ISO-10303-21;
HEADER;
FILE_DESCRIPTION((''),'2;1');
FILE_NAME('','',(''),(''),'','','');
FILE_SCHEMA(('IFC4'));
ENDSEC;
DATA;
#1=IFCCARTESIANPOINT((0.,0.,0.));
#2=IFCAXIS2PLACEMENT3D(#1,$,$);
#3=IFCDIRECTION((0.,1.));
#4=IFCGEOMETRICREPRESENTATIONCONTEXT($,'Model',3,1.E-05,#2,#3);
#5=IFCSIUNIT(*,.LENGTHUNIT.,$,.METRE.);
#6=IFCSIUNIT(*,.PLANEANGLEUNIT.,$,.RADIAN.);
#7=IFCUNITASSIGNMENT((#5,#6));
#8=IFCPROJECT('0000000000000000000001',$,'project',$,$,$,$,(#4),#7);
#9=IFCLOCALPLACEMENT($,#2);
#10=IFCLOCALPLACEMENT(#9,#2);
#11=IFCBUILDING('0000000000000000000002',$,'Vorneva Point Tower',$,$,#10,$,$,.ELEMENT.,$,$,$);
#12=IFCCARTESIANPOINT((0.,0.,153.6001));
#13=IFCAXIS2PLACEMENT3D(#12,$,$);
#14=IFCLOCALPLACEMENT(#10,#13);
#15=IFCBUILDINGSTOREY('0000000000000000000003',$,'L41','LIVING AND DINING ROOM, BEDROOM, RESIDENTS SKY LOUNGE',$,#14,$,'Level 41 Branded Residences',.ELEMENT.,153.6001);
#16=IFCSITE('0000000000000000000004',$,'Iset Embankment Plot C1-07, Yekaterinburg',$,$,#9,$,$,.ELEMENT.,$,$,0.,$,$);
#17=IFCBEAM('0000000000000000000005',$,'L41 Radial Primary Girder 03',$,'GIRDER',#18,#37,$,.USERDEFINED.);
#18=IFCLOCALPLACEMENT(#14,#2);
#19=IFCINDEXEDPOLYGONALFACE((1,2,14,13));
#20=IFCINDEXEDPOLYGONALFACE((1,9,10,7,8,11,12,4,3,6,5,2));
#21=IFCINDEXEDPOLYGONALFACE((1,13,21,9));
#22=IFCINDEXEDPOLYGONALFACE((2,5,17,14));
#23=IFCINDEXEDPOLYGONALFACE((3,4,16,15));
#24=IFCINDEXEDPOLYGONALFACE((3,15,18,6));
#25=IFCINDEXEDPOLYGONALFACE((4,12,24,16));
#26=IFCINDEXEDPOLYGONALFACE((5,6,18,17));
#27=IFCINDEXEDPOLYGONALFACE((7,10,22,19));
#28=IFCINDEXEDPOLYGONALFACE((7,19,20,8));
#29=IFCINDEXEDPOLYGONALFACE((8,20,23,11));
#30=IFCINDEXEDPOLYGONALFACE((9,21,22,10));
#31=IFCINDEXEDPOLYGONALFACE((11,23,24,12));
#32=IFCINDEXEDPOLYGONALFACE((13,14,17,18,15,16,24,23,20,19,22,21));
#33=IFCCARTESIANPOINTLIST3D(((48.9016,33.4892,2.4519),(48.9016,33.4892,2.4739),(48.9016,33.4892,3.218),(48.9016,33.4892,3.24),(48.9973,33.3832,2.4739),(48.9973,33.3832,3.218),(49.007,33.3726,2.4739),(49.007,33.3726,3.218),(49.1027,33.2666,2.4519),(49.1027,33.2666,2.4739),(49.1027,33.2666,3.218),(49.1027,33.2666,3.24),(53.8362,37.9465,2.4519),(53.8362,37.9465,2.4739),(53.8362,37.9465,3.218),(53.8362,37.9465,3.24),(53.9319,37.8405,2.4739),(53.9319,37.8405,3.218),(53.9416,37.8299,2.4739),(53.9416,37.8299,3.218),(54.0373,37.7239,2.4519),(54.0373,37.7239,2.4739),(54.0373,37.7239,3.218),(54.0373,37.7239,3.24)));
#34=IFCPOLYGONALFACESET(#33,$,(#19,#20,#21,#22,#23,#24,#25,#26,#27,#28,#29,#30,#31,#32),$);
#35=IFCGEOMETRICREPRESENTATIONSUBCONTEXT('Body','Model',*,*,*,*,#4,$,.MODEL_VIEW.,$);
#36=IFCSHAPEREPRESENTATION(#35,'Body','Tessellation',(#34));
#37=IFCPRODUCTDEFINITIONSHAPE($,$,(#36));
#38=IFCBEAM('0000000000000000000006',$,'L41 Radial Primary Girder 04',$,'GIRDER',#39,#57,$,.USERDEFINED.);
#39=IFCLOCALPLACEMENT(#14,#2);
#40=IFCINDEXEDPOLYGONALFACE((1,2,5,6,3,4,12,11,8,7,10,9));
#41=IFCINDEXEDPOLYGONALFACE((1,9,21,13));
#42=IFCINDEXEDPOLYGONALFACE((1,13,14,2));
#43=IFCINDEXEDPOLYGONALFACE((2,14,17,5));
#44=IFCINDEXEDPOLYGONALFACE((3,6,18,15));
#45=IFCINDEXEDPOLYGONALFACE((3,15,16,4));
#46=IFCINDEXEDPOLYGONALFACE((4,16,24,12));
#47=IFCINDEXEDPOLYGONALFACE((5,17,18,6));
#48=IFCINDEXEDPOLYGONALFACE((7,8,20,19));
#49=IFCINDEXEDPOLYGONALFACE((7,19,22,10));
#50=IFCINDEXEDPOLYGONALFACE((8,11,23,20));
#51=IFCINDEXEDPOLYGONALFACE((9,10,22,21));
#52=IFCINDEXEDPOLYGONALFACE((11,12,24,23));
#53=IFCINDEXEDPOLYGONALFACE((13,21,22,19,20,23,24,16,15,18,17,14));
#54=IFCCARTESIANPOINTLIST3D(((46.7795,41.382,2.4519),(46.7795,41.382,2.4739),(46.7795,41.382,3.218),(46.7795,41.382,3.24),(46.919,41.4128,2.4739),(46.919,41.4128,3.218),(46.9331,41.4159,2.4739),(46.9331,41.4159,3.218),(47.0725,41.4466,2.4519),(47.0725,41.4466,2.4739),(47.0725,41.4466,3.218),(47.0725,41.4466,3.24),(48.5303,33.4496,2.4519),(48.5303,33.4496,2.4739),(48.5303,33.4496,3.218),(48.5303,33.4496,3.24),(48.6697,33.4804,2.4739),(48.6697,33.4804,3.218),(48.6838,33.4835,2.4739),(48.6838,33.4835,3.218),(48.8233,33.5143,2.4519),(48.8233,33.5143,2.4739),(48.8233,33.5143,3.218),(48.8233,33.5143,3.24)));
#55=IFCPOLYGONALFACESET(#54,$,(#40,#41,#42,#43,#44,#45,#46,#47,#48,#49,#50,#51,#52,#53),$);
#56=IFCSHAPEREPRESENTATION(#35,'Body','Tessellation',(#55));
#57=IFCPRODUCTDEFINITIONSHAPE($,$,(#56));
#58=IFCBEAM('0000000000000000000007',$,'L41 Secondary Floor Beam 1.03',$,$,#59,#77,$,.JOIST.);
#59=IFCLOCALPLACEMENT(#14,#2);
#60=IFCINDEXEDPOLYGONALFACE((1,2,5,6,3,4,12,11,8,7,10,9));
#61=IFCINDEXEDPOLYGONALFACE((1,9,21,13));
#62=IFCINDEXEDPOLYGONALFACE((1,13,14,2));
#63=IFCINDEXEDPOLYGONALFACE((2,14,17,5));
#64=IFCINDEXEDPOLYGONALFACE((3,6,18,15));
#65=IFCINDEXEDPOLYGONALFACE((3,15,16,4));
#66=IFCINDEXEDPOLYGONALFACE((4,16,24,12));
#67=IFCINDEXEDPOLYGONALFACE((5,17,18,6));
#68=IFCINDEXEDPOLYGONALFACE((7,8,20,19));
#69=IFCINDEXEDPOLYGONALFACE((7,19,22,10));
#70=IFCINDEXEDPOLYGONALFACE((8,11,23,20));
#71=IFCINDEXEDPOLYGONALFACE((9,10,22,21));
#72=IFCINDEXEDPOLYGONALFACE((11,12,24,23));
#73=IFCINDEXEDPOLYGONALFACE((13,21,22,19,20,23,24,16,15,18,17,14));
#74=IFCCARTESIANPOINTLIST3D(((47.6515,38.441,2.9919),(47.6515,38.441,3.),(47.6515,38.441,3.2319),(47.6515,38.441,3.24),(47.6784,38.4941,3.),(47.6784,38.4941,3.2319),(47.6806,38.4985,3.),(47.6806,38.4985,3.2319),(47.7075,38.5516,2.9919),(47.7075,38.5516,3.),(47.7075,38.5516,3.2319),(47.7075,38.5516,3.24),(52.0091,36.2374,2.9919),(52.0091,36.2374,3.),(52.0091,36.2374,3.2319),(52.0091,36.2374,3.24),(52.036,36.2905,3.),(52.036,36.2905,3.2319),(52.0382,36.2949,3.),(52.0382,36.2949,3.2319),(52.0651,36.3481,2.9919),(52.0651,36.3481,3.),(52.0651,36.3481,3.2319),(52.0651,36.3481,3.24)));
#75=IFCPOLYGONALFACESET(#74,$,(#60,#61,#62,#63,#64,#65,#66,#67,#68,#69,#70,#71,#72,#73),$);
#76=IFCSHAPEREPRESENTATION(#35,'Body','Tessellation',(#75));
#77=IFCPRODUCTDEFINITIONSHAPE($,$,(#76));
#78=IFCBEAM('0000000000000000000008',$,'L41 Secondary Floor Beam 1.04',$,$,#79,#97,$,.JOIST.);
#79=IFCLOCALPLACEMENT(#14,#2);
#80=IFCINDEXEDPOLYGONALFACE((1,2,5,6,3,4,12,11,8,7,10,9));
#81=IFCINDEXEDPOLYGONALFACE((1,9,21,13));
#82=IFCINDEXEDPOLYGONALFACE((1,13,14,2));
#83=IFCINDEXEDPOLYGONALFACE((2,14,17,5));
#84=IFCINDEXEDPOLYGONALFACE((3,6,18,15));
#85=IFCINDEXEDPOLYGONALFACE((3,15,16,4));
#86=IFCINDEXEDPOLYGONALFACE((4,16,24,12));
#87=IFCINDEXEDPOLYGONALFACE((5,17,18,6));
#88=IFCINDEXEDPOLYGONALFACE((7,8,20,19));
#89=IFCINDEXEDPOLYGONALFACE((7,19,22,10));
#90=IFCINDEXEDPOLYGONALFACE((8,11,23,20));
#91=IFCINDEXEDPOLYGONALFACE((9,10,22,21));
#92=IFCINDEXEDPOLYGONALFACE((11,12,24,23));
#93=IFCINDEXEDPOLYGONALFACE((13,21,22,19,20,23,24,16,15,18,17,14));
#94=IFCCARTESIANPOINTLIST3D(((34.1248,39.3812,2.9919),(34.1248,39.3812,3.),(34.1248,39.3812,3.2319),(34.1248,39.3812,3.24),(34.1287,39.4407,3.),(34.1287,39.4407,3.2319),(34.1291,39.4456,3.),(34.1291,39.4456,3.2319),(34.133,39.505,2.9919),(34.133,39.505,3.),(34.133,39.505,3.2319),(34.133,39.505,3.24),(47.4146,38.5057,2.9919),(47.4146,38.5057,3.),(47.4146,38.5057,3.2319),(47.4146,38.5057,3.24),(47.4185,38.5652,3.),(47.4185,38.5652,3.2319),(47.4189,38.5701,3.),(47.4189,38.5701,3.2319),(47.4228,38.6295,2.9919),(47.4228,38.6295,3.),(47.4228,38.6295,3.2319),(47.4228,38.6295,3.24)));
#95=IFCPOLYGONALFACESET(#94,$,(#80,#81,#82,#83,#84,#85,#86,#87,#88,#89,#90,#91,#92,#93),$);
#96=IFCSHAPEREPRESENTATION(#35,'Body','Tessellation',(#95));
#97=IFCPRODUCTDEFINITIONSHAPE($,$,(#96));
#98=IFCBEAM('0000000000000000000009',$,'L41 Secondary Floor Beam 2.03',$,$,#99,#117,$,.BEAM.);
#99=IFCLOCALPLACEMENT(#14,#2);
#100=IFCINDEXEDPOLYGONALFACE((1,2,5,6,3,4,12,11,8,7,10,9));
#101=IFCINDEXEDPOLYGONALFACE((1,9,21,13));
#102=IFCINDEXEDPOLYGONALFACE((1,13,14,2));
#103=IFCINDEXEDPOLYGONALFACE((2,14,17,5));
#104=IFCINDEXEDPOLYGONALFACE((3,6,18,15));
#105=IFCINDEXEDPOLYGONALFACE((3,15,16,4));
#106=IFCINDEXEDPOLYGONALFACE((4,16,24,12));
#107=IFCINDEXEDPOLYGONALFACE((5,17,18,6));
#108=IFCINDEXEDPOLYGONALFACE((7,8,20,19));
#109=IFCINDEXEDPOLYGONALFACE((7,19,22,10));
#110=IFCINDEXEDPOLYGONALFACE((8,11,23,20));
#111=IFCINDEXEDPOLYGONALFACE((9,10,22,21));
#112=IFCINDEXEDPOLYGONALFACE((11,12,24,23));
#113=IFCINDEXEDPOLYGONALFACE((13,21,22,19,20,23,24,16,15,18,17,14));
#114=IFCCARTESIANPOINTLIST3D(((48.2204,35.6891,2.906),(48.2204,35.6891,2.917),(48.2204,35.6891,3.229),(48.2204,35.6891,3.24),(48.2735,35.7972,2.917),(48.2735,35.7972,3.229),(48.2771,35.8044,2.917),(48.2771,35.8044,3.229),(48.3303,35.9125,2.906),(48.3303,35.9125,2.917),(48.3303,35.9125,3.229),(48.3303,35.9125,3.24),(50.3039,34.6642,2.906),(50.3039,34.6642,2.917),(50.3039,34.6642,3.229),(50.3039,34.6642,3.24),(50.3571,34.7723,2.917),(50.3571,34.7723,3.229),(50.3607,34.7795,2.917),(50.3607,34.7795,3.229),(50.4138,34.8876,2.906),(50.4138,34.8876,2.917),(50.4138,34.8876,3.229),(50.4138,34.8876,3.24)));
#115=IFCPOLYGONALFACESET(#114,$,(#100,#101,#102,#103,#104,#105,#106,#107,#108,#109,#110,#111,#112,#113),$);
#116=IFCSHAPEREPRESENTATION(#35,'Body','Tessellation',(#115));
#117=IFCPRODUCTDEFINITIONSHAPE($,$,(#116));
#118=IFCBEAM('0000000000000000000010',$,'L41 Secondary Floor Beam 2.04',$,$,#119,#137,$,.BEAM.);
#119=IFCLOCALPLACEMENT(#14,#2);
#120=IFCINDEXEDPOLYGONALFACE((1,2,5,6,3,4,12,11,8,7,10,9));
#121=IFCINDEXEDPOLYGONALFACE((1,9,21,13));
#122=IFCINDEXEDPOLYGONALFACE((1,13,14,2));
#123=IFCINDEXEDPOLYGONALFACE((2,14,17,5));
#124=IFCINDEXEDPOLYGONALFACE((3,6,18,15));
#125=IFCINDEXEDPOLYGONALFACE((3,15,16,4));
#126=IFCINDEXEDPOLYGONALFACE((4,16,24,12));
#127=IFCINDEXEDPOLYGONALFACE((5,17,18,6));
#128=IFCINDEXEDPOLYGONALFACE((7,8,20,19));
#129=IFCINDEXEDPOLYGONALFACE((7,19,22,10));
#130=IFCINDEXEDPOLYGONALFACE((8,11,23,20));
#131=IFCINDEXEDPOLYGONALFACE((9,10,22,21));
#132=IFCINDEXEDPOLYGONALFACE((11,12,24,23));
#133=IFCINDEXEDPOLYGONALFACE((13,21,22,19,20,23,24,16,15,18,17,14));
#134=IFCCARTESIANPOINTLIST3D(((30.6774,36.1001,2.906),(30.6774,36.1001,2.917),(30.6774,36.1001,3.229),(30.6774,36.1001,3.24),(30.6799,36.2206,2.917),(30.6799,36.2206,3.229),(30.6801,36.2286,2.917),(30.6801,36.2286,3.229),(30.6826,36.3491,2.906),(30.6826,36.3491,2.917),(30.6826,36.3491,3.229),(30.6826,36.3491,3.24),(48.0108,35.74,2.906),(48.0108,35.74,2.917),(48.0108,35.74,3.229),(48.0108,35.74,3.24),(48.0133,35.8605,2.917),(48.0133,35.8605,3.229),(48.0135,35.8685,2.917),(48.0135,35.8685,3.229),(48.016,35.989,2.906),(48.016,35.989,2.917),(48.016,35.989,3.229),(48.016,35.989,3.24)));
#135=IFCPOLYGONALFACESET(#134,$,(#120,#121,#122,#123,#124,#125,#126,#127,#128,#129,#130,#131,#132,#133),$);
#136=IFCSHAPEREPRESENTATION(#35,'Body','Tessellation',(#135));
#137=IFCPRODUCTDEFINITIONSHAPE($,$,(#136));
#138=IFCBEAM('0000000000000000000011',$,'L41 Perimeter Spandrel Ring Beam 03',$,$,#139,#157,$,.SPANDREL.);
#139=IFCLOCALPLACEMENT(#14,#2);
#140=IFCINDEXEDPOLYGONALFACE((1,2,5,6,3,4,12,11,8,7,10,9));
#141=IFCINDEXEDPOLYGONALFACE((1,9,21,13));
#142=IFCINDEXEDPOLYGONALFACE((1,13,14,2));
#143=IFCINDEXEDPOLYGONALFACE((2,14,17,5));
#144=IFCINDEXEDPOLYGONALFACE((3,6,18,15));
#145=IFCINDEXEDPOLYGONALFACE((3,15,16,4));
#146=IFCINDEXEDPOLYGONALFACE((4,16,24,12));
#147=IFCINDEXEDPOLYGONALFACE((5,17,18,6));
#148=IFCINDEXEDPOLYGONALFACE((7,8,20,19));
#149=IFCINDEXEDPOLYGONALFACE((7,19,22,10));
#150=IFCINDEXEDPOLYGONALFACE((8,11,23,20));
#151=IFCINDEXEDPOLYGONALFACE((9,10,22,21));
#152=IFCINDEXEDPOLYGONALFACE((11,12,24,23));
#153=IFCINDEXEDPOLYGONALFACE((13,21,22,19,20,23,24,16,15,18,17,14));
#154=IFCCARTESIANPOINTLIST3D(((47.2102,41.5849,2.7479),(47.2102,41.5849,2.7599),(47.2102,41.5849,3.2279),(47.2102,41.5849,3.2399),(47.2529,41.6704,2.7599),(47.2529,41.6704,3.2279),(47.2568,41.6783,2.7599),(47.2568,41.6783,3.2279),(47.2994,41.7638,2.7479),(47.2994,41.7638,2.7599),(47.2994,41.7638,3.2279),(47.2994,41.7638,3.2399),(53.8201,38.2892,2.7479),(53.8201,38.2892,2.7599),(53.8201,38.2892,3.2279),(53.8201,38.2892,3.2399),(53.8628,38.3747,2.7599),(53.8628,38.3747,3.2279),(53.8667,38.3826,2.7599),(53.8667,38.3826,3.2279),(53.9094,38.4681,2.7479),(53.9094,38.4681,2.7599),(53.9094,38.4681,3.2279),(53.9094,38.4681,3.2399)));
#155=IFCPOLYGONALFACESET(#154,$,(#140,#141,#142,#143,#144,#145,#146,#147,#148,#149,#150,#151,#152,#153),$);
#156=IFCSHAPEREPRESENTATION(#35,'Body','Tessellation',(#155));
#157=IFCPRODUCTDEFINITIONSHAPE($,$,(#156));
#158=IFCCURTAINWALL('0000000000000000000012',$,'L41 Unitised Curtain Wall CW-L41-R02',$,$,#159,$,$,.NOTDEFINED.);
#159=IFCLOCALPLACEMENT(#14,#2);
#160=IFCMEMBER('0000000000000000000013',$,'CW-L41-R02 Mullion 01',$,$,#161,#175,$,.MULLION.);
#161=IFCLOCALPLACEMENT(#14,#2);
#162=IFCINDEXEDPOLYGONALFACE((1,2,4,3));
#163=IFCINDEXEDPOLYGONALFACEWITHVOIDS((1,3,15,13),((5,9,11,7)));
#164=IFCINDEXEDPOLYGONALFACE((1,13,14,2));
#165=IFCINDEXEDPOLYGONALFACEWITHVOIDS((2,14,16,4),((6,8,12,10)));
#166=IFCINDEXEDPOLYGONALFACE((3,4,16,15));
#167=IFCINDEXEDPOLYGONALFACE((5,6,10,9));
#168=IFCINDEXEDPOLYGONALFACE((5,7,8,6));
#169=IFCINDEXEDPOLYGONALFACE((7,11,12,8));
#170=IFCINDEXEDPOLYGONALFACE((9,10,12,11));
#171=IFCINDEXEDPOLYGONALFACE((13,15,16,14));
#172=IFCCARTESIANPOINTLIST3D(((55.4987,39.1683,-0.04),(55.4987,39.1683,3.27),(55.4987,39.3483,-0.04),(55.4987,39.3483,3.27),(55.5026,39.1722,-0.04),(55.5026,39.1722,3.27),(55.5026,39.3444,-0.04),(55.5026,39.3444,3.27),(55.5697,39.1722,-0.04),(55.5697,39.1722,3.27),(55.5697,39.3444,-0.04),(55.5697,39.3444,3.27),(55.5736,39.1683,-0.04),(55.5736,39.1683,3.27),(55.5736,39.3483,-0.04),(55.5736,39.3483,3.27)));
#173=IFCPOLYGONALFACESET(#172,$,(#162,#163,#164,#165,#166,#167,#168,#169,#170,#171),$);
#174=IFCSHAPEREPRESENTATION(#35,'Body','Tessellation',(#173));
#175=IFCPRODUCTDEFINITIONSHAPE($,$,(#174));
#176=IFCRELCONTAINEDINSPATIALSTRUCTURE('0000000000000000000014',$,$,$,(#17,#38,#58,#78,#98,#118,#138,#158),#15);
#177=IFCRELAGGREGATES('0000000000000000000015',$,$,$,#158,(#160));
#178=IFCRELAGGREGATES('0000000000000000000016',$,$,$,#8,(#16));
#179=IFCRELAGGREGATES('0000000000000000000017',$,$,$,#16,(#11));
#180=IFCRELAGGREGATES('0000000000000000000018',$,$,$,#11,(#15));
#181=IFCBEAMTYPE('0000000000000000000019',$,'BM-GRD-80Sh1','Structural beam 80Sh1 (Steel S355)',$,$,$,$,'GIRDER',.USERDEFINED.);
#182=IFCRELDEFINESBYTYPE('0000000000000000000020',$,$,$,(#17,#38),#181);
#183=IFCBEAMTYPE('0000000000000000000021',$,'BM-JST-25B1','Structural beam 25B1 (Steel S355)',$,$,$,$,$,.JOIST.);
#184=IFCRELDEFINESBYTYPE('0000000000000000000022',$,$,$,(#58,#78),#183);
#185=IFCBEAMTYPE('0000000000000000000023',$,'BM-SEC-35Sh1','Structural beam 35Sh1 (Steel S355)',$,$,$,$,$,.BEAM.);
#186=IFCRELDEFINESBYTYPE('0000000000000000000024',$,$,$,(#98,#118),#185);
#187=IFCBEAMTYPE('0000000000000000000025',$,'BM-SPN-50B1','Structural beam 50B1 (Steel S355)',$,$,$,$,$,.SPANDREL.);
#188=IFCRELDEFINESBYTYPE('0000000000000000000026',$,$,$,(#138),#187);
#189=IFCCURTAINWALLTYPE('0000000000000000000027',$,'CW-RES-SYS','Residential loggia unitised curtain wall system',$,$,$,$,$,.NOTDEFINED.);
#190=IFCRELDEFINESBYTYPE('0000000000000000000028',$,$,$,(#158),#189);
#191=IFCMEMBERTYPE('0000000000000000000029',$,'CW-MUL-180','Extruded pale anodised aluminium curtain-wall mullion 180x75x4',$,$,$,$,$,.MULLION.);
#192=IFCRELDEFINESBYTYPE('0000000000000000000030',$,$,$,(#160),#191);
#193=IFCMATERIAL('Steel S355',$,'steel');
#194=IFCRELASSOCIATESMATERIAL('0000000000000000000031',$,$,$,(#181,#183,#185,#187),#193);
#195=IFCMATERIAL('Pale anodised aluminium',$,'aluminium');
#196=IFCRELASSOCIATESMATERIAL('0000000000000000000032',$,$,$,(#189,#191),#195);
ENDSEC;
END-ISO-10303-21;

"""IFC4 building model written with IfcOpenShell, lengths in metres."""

from ifc_helpers import new_model, si_unit, direction, frame, origin, origin_2d, place, context, subcontext, project, spatial, hollow_rectangle, i_section, extrude, material, material_profile, profile_set, type_object, element, aggregate, save


model = new_model("IFC4")

# Units and contexts
model_context = context("Model", 3, precision=1e-05, world=origin(), true_north=direction((0.0, 1.0)))
body_context = subcontext(model_context, "Body", "Model", "MODEL_VIEW")
ifc_project = project(units=[si_unit("LENGTHUNIT", "METRE"), si_unit("PLANEANGLEUNIT", "RADIAN")], contexts=[model_context])

# Site, building, storey
site_placement = place(None, origin())
site = spatial("IfcSite", under=ifc_project, at=site_placement, Name="Iset Embankment Plot C1-07, Yekaterinburg", CompositionType="ELEMENT", RefElevation=0.0)
building_placement = place(site_placement, origin())
building = spatial("IfcBuilding", under=site, at=building_placement, Name="Vorneva Point Tower", CompositionType="ELEMENT")
storey_placement = place(building_placement, frame((0.0, 0.0, 153.6001)))
storey = spatial("IfcBuildingStorey", under=building, at=storey_placement, Name="L41", Description="LIVING AND DINING ROOM, BEDROOM, RESIDENTS SKY LOUNGE", LongName="Level 41 Branded Residences", CompositionType="ELEMENT", Elevation=153.6001)

# Beams
ifc_material_1 = material(Name="Steel S355", Category="steel")
ifc_material_profile_1 = material_profile(ifc_material_1, i_section(OverallWidth=0.3, OverallDepth=0.7881, WebThickness=0.0144, FlangeThickness=0.022, at=origin_2d()), Name="80Sh1")
ifc_profile_set_1 = profile_set([ifc_material_profile_1], Name="Steel S355")
beam_type_1 = type_object("IfcBeamType", Name="BM-GRD-80Sh1", Description="Structural beam 80Sh1 (Steel S355)", ElementType="GIRDER", PredefinedType="USERDEFINED", material=ifc_profile_set_1)
beam_1_placement = place(storey_placement, frame((53.9368, 37.8352, 2.8459), z_axis=(-0.742084, -0.670306, 0.0), x_axis=(0.670306, -0.742084, 0.0)))
element("IfcBeam", 1, at=beam_1_placement, inside=storey, type_object=beam_type_1, Name="L41 Radial Primary Girder 03", ObjectType="GIRDER", PredefinedType="USERDEFINED", context=body_context, shape_type="SweptSolid", body=[
    extrude(i_section(OverallWidth=0.3, OverallDepth=0.7881, WebThickness=0.0144, FlangeThickness=0.022, at=origin_2d()), origin(), (0.0, 0.0, 1.0), 6.6497),
])
beam_2_placement = place(storey_placement, frame((46.926, 41.4143, 2.8459), z_axis=(0.215521, -0.976499, 0.0), x_axis=(0.976499, 0.215521, 0.0)))
element("IfcBeam", 2, at=beam_2_placement, inside=storey, type_object=beam_type_1, Name="L41 Radial Primary Girder 04", ObjectType="GIRDER", PredefinedType="USERDEFINED", context=body_context, shape_type="SweptSolid", body=[
    extrude(i_section(OverallWidth=0.3, OverallDepth=0.7881, WebThickness=0.0144, FlangeThickness=0.022, at=origin_2d()), origin(), (0.0, 0.0, 1.0), 8.1233),
])
ifc_material_profile_2 = material_profile(ifc_material_1, i_section(OverallWidth=0.124, OverallDepth=0.248, WebThickness=0.0049, FlangeThickness=0.0081, at=origin_2d()), Name="25B1")
ifc_profile_set_2 = profile_set([ifc_material_profile_2], Name="Steel S355")
beam_type_2 = type_object("IfcBeamType", Name="BM-JST-25B1", Description="Structural beam 25B1 (Steel S355)", PredefinedType="JOIST", material=ifc_profile_set_2)
beam_3_placement = place(storey_placement, frame((52.0371, 36.2927, 3.116), z_axis=(-0.892388, 0.451269, 0.0), x_axis=(-0.451269, -0.892388, 0.0)))
element("IfcBeam", 3, at=beam_3_placement, inside=storey, type_object=beam_type_2, Name="L41 Secondary Floor Beam 1.03", PredefinedType="JOIST", context=body_context, shape_type="SweptSolid", body=[
    extrude(i_section(OverallWidth=0.124, OverallDepth=0.248, WebThickness=0.0049, FlangeThickness=0.0081, at=origin_2d()), origin(), (0.0, 0.0, 1.0), 4.8831),
])
beam_4_placement = place(storey_placement, frame((47.4187, 38.5676, 3.116), z_axis=(-0.997837, 0.065734, 0.0), x_axis=(-0.065734, -0.997837, 0.0)))
element("IfcBeam", 4, at=beam_4_placement, inside=storey, type_object=beam_type_2, Name="L41 Secondary Floor Beam 1.04", PredefinedType="JOIST", context=body_context, shape_type="SweptSolid", body=[
    extrude(i_section(OverallWidth=0.124, OverallDepth=0.248, WebThickness=0.0049, FlangeThickness=0.0081, at=origin_2d()), origin(), (0.0, 0.0, 1.0), 13.3186),
])
ifc_material_profile_3 = material_profile(ifc_material_1, i_section(OverallWidth=0.249, OverallDepth=0.334, WebThickness=0.0081, FlangeThickness=0.011, at=origin_2d()), Name="35Sh1")
ifc_profile_set_3 = profile_set([ifc_material_profile_3], Name="Steel S355")
beam_type_3 = type_object("IfcBeamType", Name="BM-SEC-35Sh1", Description="Structural beam 35Sh1 (Steel S355)", PredefinedType="BEAM", material=ifc_profile_set_3)
beam_5_placement = place(storey_placement, frame((50.3589, 34.7759, 3.073), z_axis=(-0.89731, 0.4414, 0.0), x_axis=(-0.4414, -0.89731, 0.0)))
element("IfcBeam", 5, at=beam_5_placement, inside=storey, type_object=beam_type_3, Name="L41 Secondary Floor Beam 2.03", PredefinedType="BEAM", context=body_context, shape_type="SweptSolid", body=[
    extrude(i_section(OverallWidth=0.249, OverallDepth=0.334, WebThickness=0.0081, FlangeThickness=0.011, at=origin_2d()), origin(), (0.0, 0.0, 1.0), 2.322),
])
beam_6_placement = place(storey_placement, frame((48.0134, 35.8645, 3.073), z_axis=(-0.999784, 0.020771, 0.0), x_axis=(-0.020771, -0.999784, 0.0)))
element("IfcBeam", 6, at=beam_6_placement, inside=storey, type_object=beam_type_3, Name="L41 Secondary Floor Beam 2.04", PredefinedType="BEAM", context=body_context, shape_type="SweptSolid", body=[
    extrude(i_section(OverallWidth=0.249, OverallDepth=0.334, WebThickness=0.0081, FlangeThickness=0.011, at=origin_2d()), origin(), (0.0, 0.0, 1.0), 17.3372),
])
ifc_material_profile_4 = material_profile(ifc_material_1, i_section(OverallWidth=0.2, OverallDepth=0.4919, WebThickness=0.0088, FlangeThickness=0.012, at=origin_2d()), Name="50B1")
ifc_profile_set_4 = profile_set([ifc_material_profile_4], Name="Steel S355")
beam_type_4 = type_object("IfcBeamType", Name="BM-SPN-50B1", Description="Structural beam 50B1 (Steel S355)", PredefinedType="SPANDREL", material=ifc_profile_set_4)
beam_7_placement = place(storey_placement, frame((53.8647, 38.3787, 2.9939), z_axis=(-0.894929, 0.446208, 0.0), x_axis=(-0.446208, -0.894929, 0.0)))
element("IfcBeam", 7, at=beam_7_placement, inside=storey, type_object=beam_type_4, Name="L41 Perimeter Spandrel Ring Beam 03", PredefinedType="SPANDREL", context=body_context, shape_type="SweptSolid", body=[
    extrude(i_section(OverallWidth=0.2, OverallDepth=0.4919, WebThickness=0.0088, FlangeThickness=0.012, at=origin_2d()), origin(), (0.0, 0.0, 1.0), 7.386),
])

# Curtain wall, member
ifc_material_2 = material(Name="Pale anodised aluminium", Category="aluminium")
curtain_wall_type = type_object("IfcCurtainWallType", Name="CW-RES-SYS", Description="Residential loggia unitised curtain wall system", PredefinedType="NOTDEFINED", material=ifc_material_2)
curtain_wall_placement = place(storey_placement, origin())
curtain_wall = element("IfcCurtainWall", 8, at=curtain_wall_placement, inside=storey, type_object=curtain_wall_type, Name="L41 Unitised Curtain Wall CW-L41-R02", PredefinedType="NOTDEFINED")
ifc_material_profile_5 = material_profile(ifc_material_2, hollow_rectangle(XDim=0.075, YDim=0.1799, WallThickness=0.0039, at=origin_2d()), Name="AL-MUL 180x75x4")
ifc_profile_set_5 = profile_set([ifc_material_profile_5], Name="Pale anodised aluminium")
member_type_1 = type_object("IfcMemberType", Name="CW-MUL-180", Description="Extruded pale anodised aluminium curtain-wall mullion 180x75x4", PredefinedType="MULLION", material=ifc_profile_set_5)
member_1_placement = place(storey_placement, frame((55.5361, 39.2583, -0.04), z_axis=(0.0, 0.0, 1.0), x_axis=(1.0, 0.0, 0.0)))
member_1 = element("IfcMember", 9, at=member_1_placement, type_object=member_type_1, Name="CW-L41-R02 Mullion 01", PredefinedType="MULLION", context=body_context, shape_type="SweptSolid", body=[
    extrude(hollow_rectangle(XDim=0.075, YDim=0.1799, WallThickness=0.0039, at=origin_2d()), origin(), (0.0, 0.0, 1.0), 3.3101),
])
aggregate(curtain_wall, [member_1])

save(model, "model.ifc")
